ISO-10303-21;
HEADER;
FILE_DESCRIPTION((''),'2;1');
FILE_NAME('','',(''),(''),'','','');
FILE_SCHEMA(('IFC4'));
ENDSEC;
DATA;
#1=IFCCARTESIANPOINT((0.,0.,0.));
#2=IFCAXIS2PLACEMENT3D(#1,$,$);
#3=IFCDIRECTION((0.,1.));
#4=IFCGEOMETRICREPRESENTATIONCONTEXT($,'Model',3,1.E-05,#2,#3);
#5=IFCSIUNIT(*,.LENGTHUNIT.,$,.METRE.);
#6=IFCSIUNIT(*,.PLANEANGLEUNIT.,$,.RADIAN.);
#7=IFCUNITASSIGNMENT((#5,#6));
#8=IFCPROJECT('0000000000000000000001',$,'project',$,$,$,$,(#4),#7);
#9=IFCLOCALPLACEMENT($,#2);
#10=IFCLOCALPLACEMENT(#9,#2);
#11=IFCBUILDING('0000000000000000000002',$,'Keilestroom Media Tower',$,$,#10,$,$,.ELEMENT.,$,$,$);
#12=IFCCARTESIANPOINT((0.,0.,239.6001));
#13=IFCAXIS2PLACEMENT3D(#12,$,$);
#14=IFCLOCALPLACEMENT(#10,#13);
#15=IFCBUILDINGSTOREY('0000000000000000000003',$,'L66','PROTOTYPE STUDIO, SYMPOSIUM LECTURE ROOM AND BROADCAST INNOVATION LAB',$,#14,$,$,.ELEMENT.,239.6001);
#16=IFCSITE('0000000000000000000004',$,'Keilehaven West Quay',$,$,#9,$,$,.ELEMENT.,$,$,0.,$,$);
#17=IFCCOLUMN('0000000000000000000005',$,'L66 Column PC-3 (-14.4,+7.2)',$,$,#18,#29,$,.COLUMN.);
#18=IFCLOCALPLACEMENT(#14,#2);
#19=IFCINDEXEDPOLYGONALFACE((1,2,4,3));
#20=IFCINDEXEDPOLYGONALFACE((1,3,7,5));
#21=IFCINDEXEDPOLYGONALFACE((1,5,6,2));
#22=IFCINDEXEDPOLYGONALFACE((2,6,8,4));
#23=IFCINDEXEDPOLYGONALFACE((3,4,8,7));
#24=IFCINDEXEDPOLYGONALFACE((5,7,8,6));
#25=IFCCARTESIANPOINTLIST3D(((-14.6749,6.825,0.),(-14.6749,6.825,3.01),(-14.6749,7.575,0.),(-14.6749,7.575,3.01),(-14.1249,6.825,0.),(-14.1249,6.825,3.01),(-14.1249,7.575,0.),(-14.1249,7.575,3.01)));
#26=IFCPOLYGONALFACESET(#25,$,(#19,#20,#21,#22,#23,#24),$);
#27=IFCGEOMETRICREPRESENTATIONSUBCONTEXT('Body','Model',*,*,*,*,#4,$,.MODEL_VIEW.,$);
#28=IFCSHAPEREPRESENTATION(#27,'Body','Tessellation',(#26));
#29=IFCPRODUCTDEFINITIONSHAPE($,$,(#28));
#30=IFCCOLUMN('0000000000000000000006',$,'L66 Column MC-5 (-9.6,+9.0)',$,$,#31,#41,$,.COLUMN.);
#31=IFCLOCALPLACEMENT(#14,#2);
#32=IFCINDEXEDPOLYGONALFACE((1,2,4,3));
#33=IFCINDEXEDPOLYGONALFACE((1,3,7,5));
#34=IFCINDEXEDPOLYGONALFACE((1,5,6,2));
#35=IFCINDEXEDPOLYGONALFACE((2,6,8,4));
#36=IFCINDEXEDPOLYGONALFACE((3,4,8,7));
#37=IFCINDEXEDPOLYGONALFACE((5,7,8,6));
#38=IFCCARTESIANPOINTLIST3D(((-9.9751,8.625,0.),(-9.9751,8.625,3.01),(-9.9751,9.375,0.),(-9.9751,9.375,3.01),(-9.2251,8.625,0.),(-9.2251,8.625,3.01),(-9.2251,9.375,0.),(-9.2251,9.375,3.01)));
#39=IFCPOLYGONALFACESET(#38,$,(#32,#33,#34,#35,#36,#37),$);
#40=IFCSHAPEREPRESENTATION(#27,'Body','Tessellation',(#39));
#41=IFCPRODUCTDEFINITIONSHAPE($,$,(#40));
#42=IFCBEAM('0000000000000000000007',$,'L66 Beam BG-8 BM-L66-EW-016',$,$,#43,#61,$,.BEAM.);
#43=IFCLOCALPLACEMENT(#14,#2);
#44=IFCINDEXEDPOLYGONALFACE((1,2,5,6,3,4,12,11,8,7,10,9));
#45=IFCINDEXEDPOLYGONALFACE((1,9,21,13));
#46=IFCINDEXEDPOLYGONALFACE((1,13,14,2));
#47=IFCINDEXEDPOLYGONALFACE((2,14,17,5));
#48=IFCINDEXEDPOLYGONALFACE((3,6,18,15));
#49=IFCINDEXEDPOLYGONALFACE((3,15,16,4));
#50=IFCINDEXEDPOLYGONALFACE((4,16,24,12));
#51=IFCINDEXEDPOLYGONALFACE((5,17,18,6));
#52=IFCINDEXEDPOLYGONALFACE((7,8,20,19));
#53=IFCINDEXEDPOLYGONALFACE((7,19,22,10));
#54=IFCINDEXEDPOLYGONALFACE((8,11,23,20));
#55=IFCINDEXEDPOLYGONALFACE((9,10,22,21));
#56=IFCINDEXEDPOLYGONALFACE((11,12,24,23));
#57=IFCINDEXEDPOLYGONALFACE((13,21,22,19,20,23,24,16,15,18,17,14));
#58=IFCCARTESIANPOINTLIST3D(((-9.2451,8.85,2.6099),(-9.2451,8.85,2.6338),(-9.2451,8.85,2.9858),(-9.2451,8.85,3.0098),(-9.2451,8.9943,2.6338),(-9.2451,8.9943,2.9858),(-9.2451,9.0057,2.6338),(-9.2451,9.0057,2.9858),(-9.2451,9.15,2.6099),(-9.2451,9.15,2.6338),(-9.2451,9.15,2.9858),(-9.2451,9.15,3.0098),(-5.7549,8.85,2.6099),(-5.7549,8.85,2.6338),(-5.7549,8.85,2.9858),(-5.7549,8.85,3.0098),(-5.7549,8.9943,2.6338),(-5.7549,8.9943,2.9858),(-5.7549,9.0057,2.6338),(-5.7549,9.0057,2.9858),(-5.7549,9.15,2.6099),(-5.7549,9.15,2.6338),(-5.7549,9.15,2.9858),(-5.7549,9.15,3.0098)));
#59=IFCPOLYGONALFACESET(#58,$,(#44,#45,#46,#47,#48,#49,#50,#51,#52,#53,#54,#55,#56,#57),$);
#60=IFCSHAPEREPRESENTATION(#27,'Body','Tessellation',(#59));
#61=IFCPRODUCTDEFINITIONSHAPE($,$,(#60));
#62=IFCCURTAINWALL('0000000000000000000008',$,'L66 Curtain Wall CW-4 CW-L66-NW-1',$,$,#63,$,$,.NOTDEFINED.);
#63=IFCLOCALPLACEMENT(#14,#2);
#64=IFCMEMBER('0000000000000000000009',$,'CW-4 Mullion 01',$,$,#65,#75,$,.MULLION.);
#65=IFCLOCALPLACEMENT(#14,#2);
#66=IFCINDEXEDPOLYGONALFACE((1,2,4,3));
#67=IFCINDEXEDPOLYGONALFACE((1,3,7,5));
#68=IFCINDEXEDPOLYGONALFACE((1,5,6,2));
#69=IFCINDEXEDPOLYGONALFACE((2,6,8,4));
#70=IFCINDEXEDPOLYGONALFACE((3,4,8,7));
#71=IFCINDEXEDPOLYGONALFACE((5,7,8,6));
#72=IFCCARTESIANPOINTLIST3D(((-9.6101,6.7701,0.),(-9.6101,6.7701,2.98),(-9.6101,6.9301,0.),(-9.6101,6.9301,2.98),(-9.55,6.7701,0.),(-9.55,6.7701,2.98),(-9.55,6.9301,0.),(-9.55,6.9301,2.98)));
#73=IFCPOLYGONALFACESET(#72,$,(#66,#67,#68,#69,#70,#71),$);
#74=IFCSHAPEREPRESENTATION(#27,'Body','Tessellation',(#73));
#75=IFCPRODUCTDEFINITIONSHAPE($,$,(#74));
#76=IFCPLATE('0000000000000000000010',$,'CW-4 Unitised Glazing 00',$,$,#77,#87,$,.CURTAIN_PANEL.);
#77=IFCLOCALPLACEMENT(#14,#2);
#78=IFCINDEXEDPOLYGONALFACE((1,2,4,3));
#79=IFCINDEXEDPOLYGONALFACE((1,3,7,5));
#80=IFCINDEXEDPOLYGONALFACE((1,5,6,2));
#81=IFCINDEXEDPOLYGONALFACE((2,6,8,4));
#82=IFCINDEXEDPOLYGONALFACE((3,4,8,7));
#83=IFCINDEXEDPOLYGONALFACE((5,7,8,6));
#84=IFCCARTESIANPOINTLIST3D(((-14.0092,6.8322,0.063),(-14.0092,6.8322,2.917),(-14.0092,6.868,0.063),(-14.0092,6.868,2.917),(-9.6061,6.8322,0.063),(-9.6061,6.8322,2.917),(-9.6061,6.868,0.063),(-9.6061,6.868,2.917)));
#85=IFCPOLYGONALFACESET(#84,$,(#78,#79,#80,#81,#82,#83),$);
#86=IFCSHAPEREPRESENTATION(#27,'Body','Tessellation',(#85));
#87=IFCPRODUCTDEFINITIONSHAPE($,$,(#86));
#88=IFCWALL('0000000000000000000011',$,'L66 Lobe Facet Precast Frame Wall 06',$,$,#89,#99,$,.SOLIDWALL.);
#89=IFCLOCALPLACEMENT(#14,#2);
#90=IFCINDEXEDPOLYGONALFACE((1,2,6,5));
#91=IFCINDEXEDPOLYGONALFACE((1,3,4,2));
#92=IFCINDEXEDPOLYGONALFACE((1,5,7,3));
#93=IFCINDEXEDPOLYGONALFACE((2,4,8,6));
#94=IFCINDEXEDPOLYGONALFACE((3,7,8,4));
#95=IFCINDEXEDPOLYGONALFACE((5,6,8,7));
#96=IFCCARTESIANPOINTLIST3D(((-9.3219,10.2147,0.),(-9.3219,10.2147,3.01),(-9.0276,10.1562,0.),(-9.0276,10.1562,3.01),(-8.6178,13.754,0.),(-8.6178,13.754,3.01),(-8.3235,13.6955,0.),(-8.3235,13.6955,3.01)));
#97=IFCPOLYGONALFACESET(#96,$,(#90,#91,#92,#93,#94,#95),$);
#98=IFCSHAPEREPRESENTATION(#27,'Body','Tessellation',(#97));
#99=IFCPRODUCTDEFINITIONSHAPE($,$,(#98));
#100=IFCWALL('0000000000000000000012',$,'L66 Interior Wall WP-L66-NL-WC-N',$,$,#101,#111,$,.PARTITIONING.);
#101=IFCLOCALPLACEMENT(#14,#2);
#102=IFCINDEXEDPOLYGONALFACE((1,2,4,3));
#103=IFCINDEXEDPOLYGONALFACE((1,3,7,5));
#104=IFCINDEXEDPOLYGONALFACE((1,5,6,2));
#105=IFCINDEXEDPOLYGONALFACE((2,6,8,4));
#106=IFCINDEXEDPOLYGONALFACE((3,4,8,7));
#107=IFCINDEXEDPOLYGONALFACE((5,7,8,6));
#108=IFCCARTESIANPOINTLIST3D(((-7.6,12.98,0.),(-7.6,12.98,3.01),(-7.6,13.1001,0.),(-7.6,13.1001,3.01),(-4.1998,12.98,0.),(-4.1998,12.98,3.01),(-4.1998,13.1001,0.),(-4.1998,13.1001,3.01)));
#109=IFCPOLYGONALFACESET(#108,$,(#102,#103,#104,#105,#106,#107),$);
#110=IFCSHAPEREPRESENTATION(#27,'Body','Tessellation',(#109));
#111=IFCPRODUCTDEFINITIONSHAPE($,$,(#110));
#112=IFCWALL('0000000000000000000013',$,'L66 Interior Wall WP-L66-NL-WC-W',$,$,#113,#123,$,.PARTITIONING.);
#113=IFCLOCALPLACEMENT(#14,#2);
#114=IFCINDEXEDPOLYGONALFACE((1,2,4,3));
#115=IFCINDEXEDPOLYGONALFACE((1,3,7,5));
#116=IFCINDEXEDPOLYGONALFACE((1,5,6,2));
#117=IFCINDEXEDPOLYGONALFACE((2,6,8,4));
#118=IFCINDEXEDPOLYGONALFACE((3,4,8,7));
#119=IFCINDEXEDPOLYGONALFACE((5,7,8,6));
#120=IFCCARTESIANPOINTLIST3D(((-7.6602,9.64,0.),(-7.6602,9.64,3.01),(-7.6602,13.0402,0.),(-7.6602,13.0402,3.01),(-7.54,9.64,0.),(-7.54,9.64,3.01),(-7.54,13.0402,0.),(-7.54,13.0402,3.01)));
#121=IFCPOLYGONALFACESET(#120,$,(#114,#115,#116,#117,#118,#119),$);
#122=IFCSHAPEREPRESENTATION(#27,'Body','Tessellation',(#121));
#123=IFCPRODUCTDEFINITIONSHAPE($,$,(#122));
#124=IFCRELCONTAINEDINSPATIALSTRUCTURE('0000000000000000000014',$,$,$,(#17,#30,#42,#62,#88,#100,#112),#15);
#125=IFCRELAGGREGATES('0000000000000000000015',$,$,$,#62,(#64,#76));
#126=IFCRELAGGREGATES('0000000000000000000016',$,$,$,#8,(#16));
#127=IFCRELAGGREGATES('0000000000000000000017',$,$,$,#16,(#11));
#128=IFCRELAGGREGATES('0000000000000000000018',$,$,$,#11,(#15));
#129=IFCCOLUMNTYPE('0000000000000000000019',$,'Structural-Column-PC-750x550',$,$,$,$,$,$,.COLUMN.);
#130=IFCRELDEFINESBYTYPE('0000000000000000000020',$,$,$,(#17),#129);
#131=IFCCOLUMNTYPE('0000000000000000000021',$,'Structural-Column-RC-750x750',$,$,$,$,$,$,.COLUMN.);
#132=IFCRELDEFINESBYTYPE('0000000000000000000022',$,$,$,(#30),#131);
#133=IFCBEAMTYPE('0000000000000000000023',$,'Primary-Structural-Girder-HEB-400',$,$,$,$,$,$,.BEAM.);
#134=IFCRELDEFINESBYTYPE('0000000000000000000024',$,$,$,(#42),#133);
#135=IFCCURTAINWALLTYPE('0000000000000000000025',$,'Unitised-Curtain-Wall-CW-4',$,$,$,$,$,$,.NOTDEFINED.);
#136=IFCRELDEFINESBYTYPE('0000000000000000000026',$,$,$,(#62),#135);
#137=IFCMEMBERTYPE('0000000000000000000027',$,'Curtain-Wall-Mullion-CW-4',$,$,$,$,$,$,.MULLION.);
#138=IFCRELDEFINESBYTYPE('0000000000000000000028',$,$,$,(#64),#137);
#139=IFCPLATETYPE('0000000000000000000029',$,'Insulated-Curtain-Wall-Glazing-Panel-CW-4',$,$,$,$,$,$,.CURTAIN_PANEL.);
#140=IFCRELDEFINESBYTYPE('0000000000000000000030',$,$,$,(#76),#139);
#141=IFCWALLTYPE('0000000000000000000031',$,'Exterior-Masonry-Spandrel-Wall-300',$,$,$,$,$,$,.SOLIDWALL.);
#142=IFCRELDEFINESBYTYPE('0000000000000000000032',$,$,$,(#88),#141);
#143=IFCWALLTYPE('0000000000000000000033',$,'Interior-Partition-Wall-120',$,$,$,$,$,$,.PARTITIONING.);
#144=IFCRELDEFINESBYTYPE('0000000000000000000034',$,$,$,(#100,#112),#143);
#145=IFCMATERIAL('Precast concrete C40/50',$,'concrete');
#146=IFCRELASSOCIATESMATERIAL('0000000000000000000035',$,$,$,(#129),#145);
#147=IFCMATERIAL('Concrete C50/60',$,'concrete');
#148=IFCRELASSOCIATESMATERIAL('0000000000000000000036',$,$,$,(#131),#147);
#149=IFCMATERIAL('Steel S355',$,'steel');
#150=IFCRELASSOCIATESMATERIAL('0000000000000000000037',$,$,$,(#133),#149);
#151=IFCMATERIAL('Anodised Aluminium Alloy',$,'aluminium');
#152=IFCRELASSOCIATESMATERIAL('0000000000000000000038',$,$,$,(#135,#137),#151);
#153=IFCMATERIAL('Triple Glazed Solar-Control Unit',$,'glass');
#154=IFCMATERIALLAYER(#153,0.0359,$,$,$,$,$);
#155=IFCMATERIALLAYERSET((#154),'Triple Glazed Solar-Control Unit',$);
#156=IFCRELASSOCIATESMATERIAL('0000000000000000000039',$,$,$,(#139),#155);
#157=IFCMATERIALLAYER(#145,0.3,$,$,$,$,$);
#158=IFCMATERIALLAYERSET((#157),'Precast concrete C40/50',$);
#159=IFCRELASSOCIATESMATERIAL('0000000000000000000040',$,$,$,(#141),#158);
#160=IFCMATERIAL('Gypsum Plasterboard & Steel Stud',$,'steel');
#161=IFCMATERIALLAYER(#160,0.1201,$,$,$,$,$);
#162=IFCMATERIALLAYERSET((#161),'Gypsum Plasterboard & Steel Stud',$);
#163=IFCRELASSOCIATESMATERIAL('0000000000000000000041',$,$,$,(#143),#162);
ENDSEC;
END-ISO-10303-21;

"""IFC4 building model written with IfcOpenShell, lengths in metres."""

from ifc_helpers import new_model, si_unit, direction, frame, frame_2d, origin, origin_2d, place, context, subcontext, project, spatial, rectangle, i_section, extrude, source, transform, mapped, material, layer, layer_set, material_profile, profile_set, type_object, element, aggregate, save


model = new_model("IFC4")

# Units and contexts
model_context = context("Model", 3, precision=1e-05, world=origin(), true_north=direction((0.0, 1.0)))
body_context = subcontext(model_context, "Body", "Model", "MODEL_VIEW")
ifc_project = project(units=[si_unit("LENGTHUNIT", "METRE"), si_unit("PLANEANGLEUNIT", "RADIAN")], contexts=[model_context])

# Site, building, storey
site_placement = place(None, origin())
site = spatial("IfcSite", under=ifc_project, at=site_placement, Name="Keilehaven West Quay", CompositionType="ELEMENT", RefElevation=0.0)
building_placement = place(site_placement, origin())
building = spatial("IfcBuilding", under=site, at=building_placement, Name="Keilestroom Media Tower", CompositionType="ELEMENT")
storey_placement = place(building_placement, frame((0.0, 0.0, 239.6001)))
storey = spatial("IfcBuildingStorey", under=building, at=storey_placement, Name="L66", Description="PROTOTYPE STUDIO, SYMPOSIUM LECTURE ROOM AND BROADCAST INNOVATION LAB", CompositionType="ELEMENT", Elevation=239.6001)

# Columns
ifc_material_1 = material(Name="Precast concrete C40/50", Category="concrete")
ifc_material_profile_1 = material_profile(ifc_material_1, rectangle(XDim=0.55, YDim=0.75, at=origin_2d()), Name="PC 750x550")
ifc_profile_set_1 = profile_set([ifc_material_profile_1], Name="Precast concrete C40/50")
column_type_1 = type_object("IfcColumnType", Name="Structural-Column-PC-750x550", PredefinedType="COLUMN", material=ifc_profile_set_1)
shared_shape_1 = source(origin(), body_context, "Body", "SweptSolid", [
    extrude(rectangle(XDim=0.55, YDim=0.75, at=origin_2d()), origin(), (0.0, 0.0, 1.0), 3.01),
])
column_1_placement = place(storey_placement, frame((-14.3999, 7.2, 0.0), z_axis=(0.0, 0.0, 1.0), x_axis=(1.0, 0.0, 0.0)))
element("IfcColumn", 1, at=column_1_placement, inside=storey, type_object=column_type_1, Name="L66 Column PC-3 (-14.4,+7.2)", PredefinedType="COLUMN", context=body_context, shape_type="MappedRepresentation", body=[
    mapped(shared_shape_1, transform((0.0, 0.0, 0.0), x_axis=(1.0, 0.0, 0.0), y_axis=(0.0, 1.0, 0.0), z_axis=(0.0, 0.0, 1.0), scale=1.0)),
])
ifc_material_2 = material(Name="Concrete C50/60", Category="concrete")
ifc_material_profile_2 = material_profile(ifc_material_2, rectangle(XDim=0.75, YDim=0.75, at=origin_2d()), Name="RC 750x750")
ifc_profile_set_2 = profile_set([ifc_material_profile_2], Name="Concrete C50/60")
column_type_2 = type_object("IfcColumnType", Name="Structural-Column-RC-750x750", PredefinedType="COLUMN", material=ifc_profile_set_2)
shared_shape_2 = source(origin(), body_context, "Body", "SweptSolid", [
    extrude(rectangle(XDim=0.75, YDim=0.75, at=origin_2d()), origin(), (0.0, 0.0, 1.0), 3.01),
])
column_2_placement = place(storey_placement, frame((-9.6001, 9.0, 0.0), z_axis=(0.0, 0.0, 1.0), x_axis=(1.0, 0.0, 0.0)))
element("IfcColumn", 2, at=column_2_placement, inside=storey, type_object=column_type_2, Name="L66 Column MC-5 (-9.6,+9.0)", PredefinedType="COLUMN", context=body_context, shape_type="MappedRepresentation", body=[
    mapped(shared_shape_2, transform((0.0, 0.0, 0.0), x_axis=(1.0, 0.0, 0.0), y_axis=(0.0, 1.0, 0.0), z_axis=(0.0, 0.0, 1.0), scale=1.0)),
])

# Beam
ifc_material_3 = material(Name="Steel S355", Category="steel")
ifc_material_profile_3 = material_profile(ifc_material_3, i_section(OverallWidth=0.3, OverallDepth=0.3999, WebThickness=0.0115, FlangeThickness=0.0239, at=origin_2d()), Name="HEB 400")
ifc_profile_set_3 = profile_set([ifc_material_profile_3], Name="Steel S355")
beam_type = type_object("IfcBeamType", Name="Primary-Structural-Girder-HEB-400", PredefinedType="BEAM", material=ifc_profile_set_3)
shared_shape_3 = source(origin(), body_context, "Body", "SweptSolid", [
    extrude(i_section(OverallWidth=0.3, OverallDepth=0.3999, WebThickness=0.0115, FlangeThickness=0.0239, at=origin_2d()), origin(), (0.0, 0.0, 1.0), 3.4902),
])
beam_placement = place(storey_placement, frame((-9.2451, 9.0, 2.8098), z_axis=(1.0, 0.0, 0.0), x_axis=(0.0, 1.0, 0.0)))
element("IfcBeam", 3, at=beam_placement, inside=storey, type_object=beam_type, Name="L66 Beam BG-8 BM-L66-EW-016", PredefinedType="BEAM", context=body_context, shape_type="MappedRepresentation", body=[
    mapped(shared_shape_3, transform((0.0, 0.0, 0.0), x_axis=(1.0, 0.0, 0.0), y_axis=(0.0, 1.0, 0.0), z_axis=(0.0, 0.0, 1.0), scale=1.0)),
])

# Curtain wall, member, plate
ifc_material_4 = material(Name="Anodised Aluminium Alloy", Category="aluminium")
curtain_wall_type = type_object("IfcCurtainWallType", Name="Unitised-Curtain-Wall-CW-4", PredefinedType="NOTDEFINED", material=ifc_material_4)
curtain_wall_placement = place(storey_placement, origin())
curtain_wall = element("IfcCurtainWall", 4, at=curtain_wall_placement, inside=storey, type_object=curtain_wall_type, Name="L66 Curtain Wall CW-4 CW-L66-NW-1", PredefinedType="NOTDEFINED")
ifc_material_profile_4 = material_profile(ifc_material_4, rectangle(XDim=0.0601, YDim=0.1599, at=origin_2d()), Name="ALU MULLION 60x160")
ifc_profile_set_4 = profile_set([ifc_material_profile_4], Name="Anodised Aluminium Alloy")
member_type = type_object("IfcMemberType", Name="Curtain-Wall-Mullion-CW-4", PredefinedType="MULLION", material=ifc_profile_set_4)
shared_shape_4 = source(origin(), body_context, "Body", "SweptSolid", [
    extrude(rectangle(XDim=0.0601, YDim=0.1599, at=origin_2d()), origin(), (0.0, 0.0, 1.0), 2.98),
])
member_placement = place(storey_placement, frame((-9.5801, 6.8501, 0.0), z_axis=(0.0, 0.0, 1.0), x_axis=(1.0, 0.0, 0.0)))
member = element("IfcMember", 5, at=member_placement, type_object=member_type, Name="CW-4 Mullion 01", PredefinedType="MULLION", context=body_context, shape_type="MappedRepresentation", body=[
    mapped(shared_shape_4, transform((0.0, 0.0, 0.0), x_axis=(1.0, 0.0, 0.0), y_axis=(0.0, 1.0, 0.0), z_axis=(0.0, 0.0, 1.0), scale=1.0)),
])
ifc_material_5 = material(Name="Triple Glazed Solar-Control Unit", Category="glass")
ifc_layer_1 = layer(ifc_material_5, 0.0359)
ifc_layer_set_1 = layer_set([ifc_layer_1], Name="Triple Glazed Solar-Control Unit")
plate_type = type_object("IfcPlateType", Name="Insulated-Curtain-Wall-Glazing-Panel-CW-4", PredefinedType="CURTAIN_PANEL", material=ifc_layer_set_1)
shared_shape_5 = source(origin(), body_context, "Body", "SweptSolid", [
    extrude(rectangle(XDim=4.4031, YDim=0.0359, at=origin_2d()), origin(), (0.0, 0.0, 1.0), 2.854),
])
plate_placement = place(storey_placement, frame((-11.8076, 6.8501, 0.063), z_axis=(0.0, 0.0, 1.0), x_axis=(1.0, 0.0, 0.0)))
plate = element("IfcPlate", 6, at=plate_placement, type_object=plate_type, Name="CW-4 Unitised Glazing 00", PredefinedType="CURTAIN_PANEL", context=body_context, shape_type="MappedRepresentation", body=[
    mapped(shared_shape_5, transform((0.0, 0.0, 0.0), x_axis=(1.0, 0.0, 0.0), y_axis=(0.0, 1.0, 0.0), z_axis=(0.0, 0.0, 1.0), scale=1.0)),
])
aggregate(curtain_wall, [member, plate])

# Walls
ifc_layer_2 = layer(ifc_material_1, 0.3)
ifc_layer_set_2 = layer_set([ifc_layer_2], Name="Precast concrete C40/50")
wall_type_1 = type_object("IfcWallType", Name="Exterior-Masonry-Spandrel-Wall-300", PredefinedType="SOLIDWALL", material=ifc_layer_set_2)
wall_1_placement = place(storey_placement, frame((-8.4707, 13.7246, 0.0), z_axis=(0.0, 0.0, 1.0), x_axis=(-0.195114, -0.980781, 0.0)))
element("IfcWall", 7, at=wall_1_placement, inside=storey, type_object=wall_type_1, Name="L66 Lobe Facet Precast Frame Wall 06", PredefinedType="SOLIDWALL", context=body_context, shape_type="SweptSolid", body=[
    extrude(rectangle(XDim=3.6086, YDim=0.3, at=frame_2d((1.8042, 0.0))), origin(), (0.0, 0.0, 1.0), 3.01),
])
ifc_material_6 = material(Name="Gypsum Plasterboard & Steel Stud", Category="steel")
ifc_layer_3 = layer(ifc_material_6, 0.1201)
ifc_layer_set_3 = layer_set([ifc_layer_3], Name="Gypsum Plasterboard & Steel Stud")
wall_type_2 = type_object("IfcWallType", Name="Interior-Partition-Wall-120", PredefinedType="PARTITIONING", material=ifc_layer_set_3)
for number, where, z_axis, x_axis, name in (
    (8, (-7.6001, 13.04, 0.0), (0.0, 0.0, 1.0), (1.0, 0.0, 0.0), "L66 Interior Wall WP-L66-NL-WC-N"),
    (9, (-7.6001, 9.6399, 0.0), (0.0, 0.0, 1.0), (0.0, 1.0, 0.0), "L66 Interior Wall WP-L66-NL-WC-W"),
):
    element("IfcWall", number, at=place(storey_placement, frame(where, z_axis=z_axis, x_axis=x_axis)), inside=storey, type_object=wall_type_2, Name=name, PredefinedType="PARTITIONING", context=body_context, shape_type="SweptSolid", body=[
        extrude(rectangle(XDim=3.4001, YDim=0.1201, at=frame_2d((1.7002, 0.0))), origin(), (0.0, 0.0, 1.0), 3.01),
    ])

save(model, "model.ifc")
